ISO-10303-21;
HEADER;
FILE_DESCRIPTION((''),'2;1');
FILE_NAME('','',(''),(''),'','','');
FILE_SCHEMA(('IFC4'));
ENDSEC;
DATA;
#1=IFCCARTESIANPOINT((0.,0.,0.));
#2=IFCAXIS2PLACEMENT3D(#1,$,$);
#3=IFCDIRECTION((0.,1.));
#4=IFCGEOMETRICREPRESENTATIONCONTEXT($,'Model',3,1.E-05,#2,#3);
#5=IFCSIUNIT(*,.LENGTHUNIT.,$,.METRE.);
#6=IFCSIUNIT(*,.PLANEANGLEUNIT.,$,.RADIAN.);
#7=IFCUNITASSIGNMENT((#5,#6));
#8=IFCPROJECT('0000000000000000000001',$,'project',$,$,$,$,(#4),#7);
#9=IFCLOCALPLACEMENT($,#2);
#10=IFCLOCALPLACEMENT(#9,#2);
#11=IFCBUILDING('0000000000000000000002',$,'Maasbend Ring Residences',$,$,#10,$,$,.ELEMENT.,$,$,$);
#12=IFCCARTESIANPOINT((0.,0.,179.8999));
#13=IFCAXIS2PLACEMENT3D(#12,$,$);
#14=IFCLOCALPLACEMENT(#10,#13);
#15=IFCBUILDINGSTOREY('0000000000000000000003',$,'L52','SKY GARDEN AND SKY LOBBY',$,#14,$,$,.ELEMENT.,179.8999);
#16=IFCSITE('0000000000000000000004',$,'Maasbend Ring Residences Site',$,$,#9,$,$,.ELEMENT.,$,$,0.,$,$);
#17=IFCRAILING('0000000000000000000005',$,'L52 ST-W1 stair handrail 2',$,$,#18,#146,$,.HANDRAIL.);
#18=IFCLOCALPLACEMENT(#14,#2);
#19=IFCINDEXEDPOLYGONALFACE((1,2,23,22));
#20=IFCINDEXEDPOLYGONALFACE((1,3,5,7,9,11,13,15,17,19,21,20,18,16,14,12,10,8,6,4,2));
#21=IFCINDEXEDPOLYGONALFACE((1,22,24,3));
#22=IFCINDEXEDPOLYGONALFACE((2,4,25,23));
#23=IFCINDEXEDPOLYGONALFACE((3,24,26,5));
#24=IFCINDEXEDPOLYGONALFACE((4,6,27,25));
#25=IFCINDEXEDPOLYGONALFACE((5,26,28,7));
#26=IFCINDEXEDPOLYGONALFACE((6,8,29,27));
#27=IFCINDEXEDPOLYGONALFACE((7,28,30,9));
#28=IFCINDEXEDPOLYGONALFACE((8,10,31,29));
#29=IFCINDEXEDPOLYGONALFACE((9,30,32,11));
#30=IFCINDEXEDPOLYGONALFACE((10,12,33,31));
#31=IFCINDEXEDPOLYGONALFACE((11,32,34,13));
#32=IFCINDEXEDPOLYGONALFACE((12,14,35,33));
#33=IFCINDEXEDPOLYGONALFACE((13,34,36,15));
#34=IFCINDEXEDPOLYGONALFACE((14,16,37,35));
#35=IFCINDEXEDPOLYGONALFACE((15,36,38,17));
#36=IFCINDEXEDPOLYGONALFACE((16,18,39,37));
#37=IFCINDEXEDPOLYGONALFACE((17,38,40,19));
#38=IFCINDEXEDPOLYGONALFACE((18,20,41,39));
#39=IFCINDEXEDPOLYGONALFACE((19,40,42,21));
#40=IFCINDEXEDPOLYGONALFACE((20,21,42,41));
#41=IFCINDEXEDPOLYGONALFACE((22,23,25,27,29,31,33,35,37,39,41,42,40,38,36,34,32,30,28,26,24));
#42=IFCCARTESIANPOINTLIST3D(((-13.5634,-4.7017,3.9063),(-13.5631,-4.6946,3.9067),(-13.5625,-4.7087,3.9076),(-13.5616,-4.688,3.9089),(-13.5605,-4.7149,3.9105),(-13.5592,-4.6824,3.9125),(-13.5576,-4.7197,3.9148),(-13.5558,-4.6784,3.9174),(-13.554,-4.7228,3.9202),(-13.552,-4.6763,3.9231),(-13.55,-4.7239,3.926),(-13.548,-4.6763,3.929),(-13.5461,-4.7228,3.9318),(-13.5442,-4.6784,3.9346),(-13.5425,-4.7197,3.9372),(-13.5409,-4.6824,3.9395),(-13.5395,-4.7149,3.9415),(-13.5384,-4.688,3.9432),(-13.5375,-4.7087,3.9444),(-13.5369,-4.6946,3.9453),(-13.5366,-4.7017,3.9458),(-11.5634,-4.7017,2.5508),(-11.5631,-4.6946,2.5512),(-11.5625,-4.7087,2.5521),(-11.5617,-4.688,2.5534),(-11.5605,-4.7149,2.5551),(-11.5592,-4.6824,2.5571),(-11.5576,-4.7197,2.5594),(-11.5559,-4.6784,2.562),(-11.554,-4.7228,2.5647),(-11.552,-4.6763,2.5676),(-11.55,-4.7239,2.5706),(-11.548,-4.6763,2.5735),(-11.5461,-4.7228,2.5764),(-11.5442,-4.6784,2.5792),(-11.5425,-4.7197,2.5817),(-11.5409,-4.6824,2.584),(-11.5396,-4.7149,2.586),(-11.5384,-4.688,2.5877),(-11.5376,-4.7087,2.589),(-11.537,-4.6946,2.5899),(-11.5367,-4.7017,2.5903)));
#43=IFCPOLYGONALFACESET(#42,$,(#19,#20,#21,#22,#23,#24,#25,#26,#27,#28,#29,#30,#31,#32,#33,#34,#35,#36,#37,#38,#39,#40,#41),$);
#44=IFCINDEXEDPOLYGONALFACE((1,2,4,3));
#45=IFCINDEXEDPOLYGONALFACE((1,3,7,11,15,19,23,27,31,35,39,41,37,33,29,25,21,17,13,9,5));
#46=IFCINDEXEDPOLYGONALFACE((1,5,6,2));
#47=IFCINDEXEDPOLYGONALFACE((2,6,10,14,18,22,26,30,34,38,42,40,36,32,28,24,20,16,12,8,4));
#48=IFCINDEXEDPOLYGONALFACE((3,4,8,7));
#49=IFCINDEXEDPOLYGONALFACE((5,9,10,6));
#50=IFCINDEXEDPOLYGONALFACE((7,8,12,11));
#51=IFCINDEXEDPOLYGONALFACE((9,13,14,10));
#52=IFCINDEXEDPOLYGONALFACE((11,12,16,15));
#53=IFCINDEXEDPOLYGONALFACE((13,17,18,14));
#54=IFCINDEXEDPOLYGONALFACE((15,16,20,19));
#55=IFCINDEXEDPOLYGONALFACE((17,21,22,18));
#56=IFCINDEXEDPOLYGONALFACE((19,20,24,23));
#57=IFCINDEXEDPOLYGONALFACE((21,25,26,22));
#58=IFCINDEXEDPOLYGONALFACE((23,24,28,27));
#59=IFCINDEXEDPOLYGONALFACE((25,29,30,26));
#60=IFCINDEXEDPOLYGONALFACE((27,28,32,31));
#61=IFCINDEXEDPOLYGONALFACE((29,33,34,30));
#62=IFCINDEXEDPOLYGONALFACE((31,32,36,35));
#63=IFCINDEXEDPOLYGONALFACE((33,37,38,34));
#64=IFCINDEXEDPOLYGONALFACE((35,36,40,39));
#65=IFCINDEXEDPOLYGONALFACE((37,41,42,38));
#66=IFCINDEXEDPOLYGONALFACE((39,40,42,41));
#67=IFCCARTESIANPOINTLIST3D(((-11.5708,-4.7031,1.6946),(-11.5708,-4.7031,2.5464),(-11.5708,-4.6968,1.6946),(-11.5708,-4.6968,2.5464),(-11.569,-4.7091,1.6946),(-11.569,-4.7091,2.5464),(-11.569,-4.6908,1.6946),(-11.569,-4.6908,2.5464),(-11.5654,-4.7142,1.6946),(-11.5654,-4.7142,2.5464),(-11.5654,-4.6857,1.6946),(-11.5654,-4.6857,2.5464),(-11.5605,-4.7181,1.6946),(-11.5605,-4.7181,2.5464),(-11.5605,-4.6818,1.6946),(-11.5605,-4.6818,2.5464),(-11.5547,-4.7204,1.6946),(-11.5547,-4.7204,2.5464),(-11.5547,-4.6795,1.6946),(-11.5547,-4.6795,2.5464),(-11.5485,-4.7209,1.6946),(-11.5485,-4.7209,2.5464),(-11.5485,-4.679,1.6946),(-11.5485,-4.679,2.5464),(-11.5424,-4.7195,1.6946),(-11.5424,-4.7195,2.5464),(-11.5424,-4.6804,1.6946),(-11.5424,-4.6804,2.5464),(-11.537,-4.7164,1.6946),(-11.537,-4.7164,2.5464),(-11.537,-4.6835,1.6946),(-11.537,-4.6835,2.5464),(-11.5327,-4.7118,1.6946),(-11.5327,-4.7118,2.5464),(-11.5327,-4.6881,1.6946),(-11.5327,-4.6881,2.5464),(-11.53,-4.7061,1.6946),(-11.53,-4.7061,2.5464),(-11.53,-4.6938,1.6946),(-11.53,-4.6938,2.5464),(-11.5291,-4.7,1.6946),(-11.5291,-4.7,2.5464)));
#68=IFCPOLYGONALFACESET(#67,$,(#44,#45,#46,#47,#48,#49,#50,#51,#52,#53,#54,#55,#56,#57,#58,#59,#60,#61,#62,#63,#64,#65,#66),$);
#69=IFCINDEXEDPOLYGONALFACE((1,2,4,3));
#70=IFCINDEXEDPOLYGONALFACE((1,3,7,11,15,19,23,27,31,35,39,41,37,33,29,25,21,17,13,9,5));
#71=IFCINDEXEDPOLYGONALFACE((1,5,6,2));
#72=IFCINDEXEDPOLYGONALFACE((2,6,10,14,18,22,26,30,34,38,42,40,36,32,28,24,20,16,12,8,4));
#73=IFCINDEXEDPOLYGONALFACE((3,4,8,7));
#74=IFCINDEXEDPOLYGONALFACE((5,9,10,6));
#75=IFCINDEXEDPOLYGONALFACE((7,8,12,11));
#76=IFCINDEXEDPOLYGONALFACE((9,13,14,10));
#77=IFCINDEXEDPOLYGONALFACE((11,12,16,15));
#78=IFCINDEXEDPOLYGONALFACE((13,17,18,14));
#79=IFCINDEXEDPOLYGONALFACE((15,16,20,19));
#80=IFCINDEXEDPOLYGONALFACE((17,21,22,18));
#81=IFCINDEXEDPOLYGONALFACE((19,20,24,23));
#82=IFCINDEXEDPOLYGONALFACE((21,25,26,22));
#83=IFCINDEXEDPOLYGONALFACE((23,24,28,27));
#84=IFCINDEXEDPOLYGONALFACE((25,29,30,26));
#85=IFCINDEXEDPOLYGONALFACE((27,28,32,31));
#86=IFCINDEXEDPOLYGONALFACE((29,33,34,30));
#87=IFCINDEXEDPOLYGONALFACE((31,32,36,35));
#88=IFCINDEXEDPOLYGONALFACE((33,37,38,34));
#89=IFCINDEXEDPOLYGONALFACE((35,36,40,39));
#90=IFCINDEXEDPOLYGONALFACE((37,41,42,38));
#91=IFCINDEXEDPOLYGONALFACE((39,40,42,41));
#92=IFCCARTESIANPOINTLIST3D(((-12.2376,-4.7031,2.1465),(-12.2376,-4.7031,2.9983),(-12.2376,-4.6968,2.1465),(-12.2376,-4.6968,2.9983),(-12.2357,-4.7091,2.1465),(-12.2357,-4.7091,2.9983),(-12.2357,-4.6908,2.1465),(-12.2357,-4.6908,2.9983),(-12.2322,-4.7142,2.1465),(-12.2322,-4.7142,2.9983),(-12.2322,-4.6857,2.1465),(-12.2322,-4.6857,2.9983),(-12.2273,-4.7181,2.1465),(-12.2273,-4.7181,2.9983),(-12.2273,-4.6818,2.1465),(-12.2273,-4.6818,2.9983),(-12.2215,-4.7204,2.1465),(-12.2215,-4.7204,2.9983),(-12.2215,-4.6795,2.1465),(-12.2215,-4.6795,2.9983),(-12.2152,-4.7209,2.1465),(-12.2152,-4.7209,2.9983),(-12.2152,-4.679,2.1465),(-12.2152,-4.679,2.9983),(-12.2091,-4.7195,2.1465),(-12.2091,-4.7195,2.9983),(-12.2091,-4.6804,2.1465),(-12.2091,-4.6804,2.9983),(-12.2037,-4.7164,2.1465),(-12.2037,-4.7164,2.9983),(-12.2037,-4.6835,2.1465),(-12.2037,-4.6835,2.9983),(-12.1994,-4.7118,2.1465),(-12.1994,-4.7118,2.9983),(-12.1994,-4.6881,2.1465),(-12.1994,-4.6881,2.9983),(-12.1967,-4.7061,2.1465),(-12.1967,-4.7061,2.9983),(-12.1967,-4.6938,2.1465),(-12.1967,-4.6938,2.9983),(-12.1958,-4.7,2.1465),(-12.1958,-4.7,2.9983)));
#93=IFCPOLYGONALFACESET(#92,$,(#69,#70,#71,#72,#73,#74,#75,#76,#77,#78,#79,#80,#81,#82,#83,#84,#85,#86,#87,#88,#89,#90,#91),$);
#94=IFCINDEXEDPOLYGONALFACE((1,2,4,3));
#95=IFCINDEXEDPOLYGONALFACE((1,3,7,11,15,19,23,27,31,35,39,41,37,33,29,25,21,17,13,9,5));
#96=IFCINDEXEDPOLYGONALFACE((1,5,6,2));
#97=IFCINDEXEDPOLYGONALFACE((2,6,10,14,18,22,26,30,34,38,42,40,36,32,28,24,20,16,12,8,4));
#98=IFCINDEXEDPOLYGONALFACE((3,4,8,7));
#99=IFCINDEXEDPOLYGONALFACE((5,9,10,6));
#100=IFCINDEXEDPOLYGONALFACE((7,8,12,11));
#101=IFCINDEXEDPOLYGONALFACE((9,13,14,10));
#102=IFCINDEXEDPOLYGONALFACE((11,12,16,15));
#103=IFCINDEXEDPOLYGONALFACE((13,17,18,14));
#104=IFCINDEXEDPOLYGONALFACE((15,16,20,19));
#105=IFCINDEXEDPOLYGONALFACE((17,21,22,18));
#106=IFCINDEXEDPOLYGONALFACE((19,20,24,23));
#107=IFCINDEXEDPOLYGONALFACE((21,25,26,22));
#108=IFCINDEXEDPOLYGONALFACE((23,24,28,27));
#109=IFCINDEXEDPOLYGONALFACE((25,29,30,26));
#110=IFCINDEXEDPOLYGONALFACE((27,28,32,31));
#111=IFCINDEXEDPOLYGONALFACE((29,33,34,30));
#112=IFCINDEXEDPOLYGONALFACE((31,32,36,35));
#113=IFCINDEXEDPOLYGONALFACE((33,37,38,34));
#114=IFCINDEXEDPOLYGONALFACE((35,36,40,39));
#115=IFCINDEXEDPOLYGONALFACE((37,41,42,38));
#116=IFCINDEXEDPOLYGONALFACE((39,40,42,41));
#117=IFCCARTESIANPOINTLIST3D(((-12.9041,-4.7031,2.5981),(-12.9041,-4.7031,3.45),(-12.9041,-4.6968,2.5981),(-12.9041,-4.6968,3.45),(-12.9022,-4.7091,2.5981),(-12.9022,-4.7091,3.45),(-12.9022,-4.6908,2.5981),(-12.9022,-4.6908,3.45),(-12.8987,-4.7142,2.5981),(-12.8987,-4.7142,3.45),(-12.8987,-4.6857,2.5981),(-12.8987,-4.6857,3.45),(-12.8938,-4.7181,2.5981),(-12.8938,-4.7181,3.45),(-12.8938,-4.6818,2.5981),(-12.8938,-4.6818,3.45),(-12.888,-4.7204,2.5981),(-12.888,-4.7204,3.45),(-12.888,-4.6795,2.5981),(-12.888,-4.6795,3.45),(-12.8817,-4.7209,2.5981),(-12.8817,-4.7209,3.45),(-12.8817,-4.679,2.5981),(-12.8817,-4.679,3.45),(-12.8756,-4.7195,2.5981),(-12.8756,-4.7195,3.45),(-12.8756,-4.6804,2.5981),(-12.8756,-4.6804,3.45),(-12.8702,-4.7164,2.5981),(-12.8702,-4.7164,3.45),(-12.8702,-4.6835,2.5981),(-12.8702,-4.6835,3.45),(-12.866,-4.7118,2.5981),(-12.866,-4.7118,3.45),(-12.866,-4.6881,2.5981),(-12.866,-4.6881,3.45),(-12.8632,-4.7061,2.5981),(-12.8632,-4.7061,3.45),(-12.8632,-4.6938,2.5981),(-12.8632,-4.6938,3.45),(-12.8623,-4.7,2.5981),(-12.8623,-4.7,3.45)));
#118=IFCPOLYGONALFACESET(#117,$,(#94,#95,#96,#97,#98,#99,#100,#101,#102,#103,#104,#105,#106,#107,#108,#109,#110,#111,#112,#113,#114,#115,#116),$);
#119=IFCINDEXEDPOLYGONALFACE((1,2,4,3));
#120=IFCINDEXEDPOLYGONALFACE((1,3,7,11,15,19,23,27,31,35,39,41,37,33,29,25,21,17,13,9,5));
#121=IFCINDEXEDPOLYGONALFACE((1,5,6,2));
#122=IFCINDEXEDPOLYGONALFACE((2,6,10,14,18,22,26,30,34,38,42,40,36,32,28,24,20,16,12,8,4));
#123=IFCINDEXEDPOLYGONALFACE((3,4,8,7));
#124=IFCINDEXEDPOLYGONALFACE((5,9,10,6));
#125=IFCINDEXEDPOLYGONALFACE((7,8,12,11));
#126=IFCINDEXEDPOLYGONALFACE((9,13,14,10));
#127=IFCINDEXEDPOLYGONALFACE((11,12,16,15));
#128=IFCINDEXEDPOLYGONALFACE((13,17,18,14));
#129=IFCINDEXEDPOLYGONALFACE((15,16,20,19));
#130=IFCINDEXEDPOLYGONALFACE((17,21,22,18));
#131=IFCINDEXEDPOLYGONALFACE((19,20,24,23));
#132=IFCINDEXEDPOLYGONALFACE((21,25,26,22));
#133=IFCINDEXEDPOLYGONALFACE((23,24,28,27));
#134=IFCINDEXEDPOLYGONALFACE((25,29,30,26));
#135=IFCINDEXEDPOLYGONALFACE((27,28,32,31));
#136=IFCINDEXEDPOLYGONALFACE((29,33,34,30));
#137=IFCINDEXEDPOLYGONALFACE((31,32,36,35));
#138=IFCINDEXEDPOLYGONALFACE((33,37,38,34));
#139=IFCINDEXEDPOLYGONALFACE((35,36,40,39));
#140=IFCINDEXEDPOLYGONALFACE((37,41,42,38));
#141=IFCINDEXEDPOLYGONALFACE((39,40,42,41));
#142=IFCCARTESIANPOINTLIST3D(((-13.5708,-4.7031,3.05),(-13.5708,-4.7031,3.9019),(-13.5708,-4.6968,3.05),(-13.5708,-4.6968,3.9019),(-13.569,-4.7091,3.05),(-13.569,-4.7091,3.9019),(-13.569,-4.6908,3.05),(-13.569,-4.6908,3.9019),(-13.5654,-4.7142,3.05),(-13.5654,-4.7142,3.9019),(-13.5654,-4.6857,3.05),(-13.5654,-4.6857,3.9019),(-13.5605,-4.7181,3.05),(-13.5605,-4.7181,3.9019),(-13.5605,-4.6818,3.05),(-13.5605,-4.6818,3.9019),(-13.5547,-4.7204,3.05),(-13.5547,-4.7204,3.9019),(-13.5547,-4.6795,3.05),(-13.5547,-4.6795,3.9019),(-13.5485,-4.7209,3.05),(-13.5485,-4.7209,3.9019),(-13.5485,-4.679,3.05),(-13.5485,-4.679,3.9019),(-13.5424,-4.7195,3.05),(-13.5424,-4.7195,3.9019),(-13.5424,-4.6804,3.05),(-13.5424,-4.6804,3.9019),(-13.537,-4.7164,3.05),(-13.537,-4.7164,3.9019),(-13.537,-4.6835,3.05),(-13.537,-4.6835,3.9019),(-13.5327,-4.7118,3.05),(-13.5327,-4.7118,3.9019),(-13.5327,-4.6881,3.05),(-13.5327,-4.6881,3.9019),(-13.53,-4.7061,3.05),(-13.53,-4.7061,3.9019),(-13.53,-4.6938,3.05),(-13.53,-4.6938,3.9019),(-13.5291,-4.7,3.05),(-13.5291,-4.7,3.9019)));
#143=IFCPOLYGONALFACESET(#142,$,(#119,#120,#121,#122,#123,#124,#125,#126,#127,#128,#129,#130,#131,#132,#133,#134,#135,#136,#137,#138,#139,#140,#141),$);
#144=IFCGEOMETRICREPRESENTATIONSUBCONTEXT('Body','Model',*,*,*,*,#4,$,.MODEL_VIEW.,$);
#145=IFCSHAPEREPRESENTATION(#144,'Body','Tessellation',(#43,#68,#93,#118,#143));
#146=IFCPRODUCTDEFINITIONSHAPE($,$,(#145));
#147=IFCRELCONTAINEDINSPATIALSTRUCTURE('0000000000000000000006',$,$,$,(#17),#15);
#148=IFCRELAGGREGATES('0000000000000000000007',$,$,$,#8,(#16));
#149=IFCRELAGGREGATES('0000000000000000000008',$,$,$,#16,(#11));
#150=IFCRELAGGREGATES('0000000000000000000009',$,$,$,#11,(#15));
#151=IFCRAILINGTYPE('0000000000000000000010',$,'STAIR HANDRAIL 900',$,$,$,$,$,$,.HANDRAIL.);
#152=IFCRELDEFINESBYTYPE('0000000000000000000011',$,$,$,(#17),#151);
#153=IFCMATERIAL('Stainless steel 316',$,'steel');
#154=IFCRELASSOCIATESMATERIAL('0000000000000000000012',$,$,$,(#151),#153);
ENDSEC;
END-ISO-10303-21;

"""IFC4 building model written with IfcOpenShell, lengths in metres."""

from ifc_helpers import new_model, si_unit, direction, frame, origin, origin_2d, place, context, subcontext, project, spatial, circle, extrude, material, type_object, element, save


model = new_model("IFC4")

# Units and contexts
model_context = context("Model", 3, precision=1e-05, world=origin(), true_north=direction((0.0, 1.0)))
body_context = subcontext(model_context, "Body", "Model", "MODEL_VIEW")
ifc_project = project(units=[si_unit("LENGTHUNIT", "METRE"), si_unit("PLANEANGLEUNIT", "RADIAN")], contexts=[model_context])

# Site, building, storey
site_placement = place(None, origin())
site = spatial("IfcSite", under=ifc_project, at=site_placement, Name="Maasbend Ring Residences Site", CompositionType="ELEMENT", RefElevation=0.0)
building_placement = place(site_placement, origin())
building = spatial("IfcBuilding", under=site, at=building_placement, Name="Maasbend Ring Residences", CompositionType="ELEMENT")
storey_placement = place(building_placement, frame((0.0, 0.0, 179.8999)))
storey = spatial("IfcBuildingStorey", under=building, at=storey_placement, Name="L52", Description="SKY GARDEN AND SKY LOBBY", CompositionType="ELEMENT", Elevation=179.8999)

# Railing
ifc_material_1 = material(Name="Stainless steel 316", Category="steel")
railing_type_1 = type_object("IfcRailingType", Name="STAIR HANDRAIL 900", PredefinedType="HANDRAIL", material=ifc_material_1)
railing_1_placement = place(storey_placement, frame((-11.55, -4.7, 1.6946)))
element("IfcRailing", 1, at=railing_1_placement, inside=storey, type_object=railing_type_1, Name="L52 ST-W1 stair handrail 2", PredefinedType="HANDRAIL", context=body_context, shape_type="SweptSolid", body=[
    extrude(circle(Radius=0.0239, at=origin_2d()), frame((0.0, 0.0, 0.876), z_axis=(-0.827798, 0.0, 0.561027), x_axis=(0.0, -1.0, 0.0)), (0.0, 0.0, 1.0), 2.416),
    extrude(circle(Radius=0.021, at=origin_2d()), origin(), (0.0, 0.0, 1.0), 0.8518),
    extrude(circle(Radius=0.021, at=origin_2d()), frame((-0.6667, 0.0, 0.4519)), (0.0, 0.0, 1.0), 0.8518),
    extrude(circle(Radius=0.021, at=origin_2d()), frame((-1.3333, 0.0, 0.9036)), (0.0, 0.0, 1.0), 0.8518),
    extrude(circle(Radius=0.021, at=origin_2d()), frame((-2.0, 0.0, 1.3555)), (0.0, 0.0, 1.0), 0.8518),
])

save(model, "model.ifc")
